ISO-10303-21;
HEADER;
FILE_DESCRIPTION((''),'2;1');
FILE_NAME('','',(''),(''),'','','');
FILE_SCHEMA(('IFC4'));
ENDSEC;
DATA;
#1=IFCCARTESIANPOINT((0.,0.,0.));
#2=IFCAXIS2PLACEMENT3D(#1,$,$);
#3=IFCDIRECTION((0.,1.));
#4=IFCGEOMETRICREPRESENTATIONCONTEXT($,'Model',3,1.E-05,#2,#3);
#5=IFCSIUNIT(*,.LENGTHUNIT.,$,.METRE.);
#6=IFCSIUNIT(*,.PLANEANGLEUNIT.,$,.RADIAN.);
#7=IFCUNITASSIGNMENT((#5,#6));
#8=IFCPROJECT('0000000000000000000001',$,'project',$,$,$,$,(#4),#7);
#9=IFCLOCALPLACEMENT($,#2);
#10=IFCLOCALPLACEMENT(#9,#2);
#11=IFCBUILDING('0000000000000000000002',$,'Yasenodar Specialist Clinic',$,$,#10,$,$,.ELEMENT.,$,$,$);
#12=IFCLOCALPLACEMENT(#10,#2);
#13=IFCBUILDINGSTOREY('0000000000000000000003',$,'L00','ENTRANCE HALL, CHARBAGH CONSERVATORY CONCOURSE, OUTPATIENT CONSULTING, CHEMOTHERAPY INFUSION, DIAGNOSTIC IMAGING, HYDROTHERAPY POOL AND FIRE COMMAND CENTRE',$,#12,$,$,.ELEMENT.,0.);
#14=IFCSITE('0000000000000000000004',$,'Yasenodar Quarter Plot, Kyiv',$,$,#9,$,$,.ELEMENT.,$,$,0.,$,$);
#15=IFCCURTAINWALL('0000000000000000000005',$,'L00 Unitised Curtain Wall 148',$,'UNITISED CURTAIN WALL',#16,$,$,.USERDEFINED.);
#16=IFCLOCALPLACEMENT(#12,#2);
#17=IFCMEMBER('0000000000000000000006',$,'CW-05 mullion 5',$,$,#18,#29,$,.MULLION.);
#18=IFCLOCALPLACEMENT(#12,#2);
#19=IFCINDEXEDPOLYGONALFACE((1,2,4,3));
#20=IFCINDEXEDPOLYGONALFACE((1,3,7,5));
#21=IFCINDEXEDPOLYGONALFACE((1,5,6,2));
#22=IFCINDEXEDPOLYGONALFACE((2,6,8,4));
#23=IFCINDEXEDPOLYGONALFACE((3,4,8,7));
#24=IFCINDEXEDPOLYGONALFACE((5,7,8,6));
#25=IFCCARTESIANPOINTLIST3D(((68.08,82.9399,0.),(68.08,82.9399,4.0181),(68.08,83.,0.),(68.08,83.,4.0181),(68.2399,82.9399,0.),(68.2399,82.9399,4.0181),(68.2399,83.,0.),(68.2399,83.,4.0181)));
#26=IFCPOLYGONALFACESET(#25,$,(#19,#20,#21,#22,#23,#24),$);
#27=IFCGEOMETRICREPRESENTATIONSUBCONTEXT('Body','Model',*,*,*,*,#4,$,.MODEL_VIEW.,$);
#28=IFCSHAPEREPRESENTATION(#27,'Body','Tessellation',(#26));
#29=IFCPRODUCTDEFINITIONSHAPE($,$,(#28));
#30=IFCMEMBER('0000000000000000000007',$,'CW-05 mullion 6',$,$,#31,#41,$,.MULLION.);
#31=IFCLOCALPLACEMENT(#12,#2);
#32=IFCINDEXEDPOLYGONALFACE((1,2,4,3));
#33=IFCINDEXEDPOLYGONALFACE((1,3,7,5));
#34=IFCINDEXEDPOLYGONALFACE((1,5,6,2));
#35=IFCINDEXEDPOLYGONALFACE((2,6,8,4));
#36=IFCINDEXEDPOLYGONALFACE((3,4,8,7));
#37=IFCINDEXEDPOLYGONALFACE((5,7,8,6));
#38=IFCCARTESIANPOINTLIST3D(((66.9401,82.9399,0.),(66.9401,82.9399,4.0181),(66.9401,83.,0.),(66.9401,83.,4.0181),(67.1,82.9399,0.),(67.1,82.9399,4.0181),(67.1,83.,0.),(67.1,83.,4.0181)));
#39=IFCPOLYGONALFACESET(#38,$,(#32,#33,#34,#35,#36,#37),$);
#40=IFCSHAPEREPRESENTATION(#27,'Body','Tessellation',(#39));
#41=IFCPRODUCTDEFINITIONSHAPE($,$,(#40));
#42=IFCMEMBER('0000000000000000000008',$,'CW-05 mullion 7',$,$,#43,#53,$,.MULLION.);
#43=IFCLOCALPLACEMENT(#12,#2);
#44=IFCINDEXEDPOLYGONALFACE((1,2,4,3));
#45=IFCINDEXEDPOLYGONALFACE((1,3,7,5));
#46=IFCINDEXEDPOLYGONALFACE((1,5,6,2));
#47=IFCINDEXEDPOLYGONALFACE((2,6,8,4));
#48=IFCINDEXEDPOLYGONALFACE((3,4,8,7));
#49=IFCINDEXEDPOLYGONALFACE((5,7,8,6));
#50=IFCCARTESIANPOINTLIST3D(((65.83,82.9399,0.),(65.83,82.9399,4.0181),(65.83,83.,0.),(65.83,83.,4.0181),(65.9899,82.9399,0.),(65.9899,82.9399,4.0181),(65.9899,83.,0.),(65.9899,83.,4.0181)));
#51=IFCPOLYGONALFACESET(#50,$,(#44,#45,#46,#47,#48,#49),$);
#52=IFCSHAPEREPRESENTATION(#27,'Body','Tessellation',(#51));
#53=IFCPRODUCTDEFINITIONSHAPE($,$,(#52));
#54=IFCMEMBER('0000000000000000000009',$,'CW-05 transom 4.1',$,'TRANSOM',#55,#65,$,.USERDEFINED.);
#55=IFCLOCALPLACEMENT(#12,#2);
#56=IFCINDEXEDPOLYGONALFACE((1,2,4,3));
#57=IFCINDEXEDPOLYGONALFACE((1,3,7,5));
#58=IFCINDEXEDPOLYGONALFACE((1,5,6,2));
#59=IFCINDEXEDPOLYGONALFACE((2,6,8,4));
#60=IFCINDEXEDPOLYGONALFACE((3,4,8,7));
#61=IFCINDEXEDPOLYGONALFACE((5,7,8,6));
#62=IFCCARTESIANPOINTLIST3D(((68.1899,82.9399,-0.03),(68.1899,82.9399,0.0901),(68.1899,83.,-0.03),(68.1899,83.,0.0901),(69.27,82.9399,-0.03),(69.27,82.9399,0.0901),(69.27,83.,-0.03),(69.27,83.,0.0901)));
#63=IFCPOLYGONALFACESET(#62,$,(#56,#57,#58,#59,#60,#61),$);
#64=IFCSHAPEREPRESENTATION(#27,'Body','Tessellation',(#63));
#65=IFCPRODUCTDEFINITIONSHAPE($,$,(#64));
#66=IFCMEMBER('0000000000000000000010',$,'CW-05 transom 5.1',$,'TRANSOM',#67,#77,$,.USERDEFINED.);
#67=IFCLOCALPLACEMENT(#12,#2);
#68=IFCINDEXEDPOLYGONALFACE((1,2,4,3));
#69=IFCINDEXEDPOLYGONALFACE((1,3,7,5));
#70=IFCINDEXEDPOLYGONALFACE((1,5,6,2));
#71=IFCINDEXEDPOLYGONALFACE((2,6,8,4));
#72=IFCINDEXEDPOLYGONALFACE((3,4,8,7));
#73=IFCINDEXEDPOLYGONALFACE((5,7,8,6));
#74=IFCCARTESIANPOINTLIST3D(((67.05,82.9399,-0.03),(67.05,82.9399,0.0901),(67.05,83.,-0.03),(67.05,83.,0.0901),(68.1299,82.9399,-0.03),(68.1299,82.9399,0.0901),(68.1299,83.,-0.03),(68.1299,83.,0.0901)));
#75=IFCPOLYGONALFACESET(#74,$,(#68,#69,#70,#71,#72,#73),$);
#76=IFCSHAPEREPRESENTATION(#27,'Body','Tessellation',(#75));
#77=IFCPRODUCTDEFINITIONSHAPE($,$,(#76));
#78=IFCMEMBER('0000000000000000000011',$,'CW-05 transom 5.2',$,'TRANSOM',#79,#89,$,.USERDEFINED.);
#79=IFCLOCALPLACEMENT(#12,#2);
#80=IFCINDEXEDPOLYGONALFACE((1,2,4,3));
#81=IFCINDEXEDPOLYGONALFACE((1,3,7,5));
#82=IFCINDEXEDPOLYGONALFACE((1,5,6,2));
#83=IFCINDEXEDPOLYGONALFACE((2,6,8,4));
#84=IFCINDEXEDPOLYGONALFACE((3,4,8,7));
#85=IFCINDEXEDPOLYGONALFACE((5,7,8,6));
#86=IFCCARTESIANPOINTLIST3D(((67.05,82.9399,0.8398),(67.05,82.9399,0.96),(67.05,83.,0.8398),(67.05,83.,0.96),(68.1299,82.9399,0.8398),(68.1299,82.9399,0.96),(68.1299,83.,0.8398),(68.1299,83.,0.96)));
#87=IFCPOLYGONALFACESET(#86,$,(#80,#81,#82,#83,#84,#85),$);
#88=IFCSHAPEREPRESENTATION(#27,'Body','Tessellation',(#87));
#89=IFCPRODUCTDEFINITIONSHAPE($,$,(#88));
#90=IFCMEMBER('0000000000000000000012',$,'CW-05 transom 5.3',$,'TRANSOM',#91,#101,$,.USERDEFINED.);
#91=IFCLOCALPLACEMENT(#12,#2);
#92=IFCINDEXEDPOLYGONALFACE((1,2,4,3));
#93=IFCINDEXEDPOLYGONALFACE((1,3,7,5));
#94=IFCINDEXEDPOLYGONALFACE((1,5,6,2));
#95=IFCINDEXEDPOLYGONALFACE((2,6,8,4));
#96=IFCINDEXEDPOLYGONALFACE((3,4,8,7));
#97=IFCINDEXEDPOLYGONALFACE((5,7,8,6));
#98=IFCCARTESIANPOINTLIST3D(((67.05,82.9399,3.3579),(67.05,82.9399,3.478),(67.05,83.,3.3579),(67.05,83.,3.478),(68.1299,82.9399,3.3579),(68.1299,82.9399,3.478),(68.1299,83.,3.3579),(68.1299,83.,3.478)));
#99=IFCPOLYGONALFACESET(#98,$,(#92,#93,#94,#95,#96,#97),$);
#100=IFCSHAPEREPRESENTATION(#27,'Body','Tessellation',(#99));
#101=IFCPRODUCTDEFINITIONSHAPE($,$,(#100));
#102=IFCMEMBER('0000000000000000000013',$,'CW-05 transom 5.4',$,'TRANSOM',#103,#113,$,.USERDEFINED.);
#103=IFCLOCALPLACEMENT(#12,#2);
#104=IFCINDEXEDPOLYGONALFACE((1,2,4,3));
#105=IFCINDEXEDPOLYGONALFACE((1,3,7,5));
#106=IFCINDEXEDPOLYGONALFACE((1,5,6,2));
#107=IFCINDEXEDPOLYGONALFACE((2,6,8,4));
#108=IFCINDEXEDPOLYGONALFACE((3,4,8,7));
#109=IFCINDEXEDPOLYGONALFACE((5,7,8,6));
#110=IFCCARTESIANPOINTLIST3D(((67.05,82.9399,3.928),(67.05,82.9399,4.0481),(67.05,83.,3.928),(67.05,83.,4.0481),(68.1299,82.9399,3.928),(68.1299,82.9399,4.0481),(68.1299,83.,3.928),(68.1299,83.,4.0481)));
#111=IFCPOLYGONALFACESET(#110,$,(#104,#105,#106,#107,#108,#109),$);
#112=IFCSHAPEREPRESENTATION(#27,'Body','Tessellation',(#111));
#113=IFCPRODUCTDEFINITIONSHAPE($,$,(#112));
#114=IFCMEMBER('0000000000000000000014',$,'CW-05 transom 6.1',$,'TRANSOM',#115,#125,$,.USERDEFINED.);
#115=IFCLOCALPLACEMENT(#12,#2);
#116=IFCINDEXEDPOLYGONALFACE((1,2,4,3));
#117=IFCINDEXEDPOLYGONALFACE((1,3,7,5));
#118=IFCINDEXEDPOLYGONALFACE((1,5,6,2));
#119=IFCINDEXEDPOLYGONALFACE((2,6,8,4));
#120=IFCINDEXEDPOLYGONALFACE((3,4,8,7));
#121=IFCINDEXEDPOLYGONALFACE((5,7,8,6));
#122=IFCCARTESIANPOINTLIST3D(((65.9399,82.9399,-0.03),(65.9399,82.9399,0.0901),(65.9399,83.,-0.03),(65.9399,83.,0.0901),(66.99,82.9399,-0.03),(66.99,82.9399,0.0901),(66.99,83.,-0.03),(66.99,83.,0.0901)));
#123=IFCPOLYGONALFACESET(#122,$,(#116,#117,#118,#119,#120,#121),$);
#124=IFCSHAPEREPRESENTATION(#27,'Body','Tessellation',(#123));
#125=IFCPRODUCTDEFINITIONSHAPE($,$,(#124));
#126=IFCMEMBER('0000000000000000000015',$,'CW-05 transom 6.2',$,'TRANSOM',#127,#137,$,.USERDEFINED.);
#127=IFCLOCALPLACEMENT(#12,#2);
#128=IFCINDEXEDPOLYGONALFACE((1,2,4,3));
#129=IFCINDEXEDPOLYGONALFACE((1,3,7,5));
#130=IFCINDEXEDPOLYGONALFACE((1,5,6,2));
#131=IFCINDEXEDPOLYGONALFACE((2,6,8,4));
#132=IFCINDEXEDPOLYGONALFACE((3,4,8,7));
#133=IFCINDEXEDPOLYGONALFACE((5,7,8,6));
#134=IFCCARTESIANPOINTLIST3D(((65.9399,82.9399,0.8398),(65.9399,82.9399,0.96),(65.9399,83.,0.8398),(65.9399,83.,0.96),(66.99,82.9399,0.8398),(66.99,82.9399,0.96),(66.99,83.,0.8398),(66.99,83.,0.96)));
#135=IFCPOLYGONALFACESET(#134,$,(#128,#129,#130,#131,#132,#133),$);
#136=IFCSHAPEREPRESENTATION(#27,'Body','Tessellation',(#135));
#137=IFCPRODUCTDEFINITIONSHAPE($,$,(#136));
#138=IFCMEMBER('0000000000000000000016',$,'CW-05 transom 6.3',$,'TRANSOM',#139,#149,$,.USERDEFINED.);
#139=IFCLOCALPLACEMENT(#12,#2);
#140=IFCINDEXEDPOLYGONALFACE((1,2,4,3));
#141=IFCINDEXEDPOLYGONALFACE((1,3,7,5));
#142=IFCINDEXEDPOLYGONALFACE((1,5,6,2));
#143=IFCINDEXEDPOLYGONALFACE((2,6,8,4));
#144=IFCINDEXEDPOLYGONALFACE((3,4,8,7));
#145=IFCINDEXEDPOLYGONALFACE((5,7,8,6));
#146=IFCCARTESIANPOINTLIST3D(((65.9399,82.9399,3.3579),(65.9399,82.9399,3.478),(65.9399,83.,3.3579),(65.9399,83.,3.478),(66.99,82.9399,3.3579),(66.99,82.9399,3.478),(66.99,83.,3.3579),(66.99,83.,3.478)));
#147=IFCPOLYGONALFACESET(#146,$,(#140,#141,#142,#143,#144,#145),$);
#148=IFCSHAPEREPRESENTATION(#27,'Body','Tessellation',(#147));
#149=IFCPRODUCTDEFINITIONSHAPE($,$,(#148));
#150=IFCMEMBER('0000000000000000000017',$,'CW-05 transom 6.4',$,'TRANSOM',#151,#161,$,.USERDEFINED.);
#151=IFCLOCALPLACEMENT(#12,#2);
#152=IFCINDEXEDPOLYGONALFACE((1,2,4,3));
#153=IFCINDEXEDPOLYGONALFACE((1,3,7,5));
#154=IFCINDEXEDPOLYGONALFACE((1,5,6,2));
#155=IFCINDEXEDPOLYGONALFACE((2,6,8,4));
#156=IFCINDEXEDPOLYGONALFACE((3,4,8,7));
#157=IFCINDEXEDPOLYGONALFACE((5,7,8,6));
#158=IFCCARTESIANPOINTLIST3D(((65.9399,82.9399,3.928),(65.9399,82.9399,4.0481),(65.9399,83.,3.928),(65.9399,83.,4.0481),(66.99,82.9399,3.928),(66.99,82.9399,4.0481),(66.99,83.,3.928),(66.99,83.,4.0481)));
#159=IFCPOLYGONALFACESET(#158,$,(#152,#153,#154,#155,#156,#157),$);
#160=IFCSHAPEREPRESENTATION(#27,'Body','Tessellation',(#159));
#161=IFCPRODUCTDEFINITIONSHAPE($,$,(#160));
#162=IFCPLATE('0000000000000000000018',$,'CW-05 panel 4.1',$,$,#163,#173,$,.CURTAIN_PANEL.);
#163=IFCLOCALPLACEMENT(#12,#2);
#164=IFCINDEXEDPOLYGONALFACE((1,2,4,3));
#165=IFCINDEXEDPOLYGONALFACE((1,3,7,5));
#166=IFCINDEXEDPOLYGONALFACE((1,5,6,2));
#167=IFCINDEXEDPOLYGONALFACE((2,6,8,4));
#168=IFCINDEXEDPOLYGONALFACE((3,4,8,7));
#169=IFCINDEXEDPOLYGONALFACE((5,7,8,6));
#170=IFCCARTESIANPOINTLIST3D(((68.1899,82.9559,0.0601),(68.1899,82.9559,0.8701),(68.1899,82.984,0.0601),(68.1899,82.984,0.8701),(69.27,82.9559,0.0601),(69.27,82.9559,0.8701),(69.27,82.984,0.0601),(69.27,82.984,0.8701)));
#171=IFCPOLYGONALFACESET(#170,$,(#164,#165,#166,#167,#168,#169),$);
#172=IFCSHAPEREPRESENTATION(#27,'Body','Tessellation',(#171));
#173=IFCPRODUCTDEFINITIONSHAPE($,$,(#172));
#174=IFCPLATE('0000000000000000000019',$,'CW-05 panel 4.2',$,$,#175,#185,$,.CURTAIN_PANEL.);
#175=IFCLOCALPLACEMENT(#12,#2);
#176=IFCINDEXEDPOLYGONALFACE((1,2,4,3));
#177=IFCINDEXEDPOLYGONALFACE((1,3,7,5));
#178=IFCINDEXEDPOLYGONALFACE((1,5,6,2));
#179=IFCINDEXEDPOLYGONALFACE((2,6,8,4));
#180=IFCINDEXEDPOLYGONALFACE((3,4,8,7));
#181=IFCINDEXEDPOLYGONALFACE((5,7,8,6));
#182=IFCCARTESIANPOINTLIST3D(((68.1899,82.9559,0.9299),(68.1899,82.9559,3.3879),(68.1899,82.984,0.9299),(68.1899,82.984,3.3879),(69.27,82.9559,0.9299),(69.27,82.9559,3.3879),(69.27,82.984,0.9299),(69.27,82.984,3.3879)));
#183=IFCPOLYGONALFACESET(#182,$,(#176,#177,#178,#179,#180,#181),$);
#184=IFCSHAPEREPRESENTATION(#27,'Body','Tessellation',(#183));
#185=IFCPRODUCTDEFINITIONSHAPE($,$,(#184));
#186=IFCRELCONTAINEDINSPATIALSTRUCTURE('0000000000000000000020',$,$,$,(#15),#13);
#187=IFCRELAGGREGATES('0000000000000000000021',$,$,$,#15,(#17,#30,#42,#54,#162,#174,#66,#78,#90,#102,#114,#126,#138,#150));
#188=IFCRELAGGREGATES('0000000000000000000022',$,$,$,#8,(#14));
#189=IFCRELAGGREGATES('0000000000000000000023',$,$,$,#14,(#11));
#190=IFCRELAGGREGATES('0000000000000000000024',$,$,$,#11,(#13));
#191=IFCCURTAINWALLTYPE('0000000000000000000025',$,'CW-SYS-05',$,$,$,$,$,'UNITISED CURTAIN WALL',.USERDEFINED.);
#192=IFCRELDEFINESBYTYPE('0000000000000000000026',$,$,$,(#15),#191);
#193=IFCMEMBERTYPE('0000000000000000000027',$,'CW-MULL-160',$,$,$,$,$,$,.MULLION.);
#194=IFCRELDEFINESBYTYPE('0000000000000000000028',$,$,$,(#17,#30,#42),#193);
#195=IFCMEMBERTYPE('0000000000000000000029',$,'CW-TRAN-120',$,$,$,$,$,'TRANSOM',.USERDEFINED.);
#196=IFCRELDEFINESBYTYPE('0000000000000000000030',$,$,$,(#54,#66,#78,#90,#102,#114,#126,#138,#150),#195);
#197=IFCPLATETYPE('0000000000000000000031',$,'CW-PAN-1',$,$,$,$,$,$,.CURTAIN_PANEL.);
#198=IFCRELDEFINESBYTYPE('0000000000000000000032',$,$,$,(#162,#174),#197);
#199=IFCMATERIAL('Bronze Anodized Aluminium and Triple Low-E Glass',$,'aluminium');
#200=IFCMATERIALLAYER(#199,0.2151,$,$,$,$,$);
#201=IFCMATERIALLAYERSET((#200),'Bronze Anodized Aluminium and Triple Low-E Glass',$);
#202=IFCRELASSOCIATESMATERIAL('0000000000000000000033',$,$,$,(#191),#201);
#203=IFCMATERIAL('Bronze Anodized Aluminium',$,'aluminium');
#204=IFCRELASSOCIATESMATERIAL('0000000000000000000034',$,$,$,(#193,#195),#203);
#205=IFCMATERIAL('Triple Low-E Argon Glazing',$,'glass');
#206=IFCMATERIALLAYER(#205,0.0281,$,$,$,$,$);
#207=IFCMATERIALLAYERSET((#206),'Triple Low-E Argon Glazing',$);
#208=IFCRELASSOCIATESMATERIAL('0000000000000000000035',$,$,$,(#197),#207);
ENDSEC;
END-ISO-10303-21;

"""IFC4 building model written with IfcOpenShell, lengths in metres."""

from ifc_helpers import new_model, si_unit, direction, frame, origin, origin_2d, place, context, subcontext, project, spatial, rectangle, extrude, material, layer, layer_set, material_profile, profile_set, type_object, element, aggregate, save


model = new_model("IFC4")

# Units and contexts
model_context = context("Model", 3, precision=1e-05, world=origin(), true_north=direction((0.0, 1.0)))
body_context = subcontext(model_context, "Body", "Model", "MODEL_VIEW")
ifc_project = project(units=[si_unit("LENGTHUNIT", "METRE"), si_unit("PLANEANGLEUNIT", "RADIAN")], contexts=[model_context])

# Site, building, storey
site_placement = place(None, origin())
site = spatial("IfcSite", under=ifc_project, at=site_placement, Name="Yasenodar Quarter Plot, Kyiv", CompositionType="ELEMENT", RefElevation=0.0)
building_placement = place(site_placement, origin())
building = spatial("IfcBuilding", under=site, at=building_placement, Name="Yasenodar Specialist Clinic", CompositionType="ELEMENT")
storey_placement = place(building_placement, origin())
storey = spatial("IfcBuildingStorey", under=building, at=storey_placement, Name="L00", Description="ENTRANCE HALL, CHARBAGH CONSERVATORY CONCOURSE, OUTPATIENT CONSULTING, CHEMOTHERAPY INFUSION, DIAGNOSTIC IMAGING, HYDROTHERAPY POOL AND FIRE COMMAND CENTRE", CompositionType="ELEMENT", Elevation=0.0)

# Curtain wall, members, plates
ifc_material_1 = material(Name="Bronze Anodized Aluminium and Triple Low-E Glass", Category="aluminium")
ifc_layer_1 = layer(ifc_material_1, 0.2151)
ifc_layer_set_1 = layer_set([ifc_layer_1], Name="Bronze Anodized Aluminium and Triple Low-E Glass")
curtain_wall_type = type_object("IfcCurtainWallType", Name="CW-SYS-05", ElementType="UNITISED CURTAIN WALL", PredefinedType="USERDEFINED", material=ifc_layer_set_1)
curtain_wall_placement = place(storey_placement, origin())
curtain_wall = element("IfcCurtainWall", 1, at=curtain_wall_placement, inside=storey, type_object=curtain_wall_type, Name="L00 Unitised Curtain Wall 148", ObjectType="UNITISED CURTAIN WALL", PredefinedType="USERDEFINED")
ifc_material_2 = material(Name="Bronze Anodized Aluminium", Category="aluminium")
ifc_material_profile_1 = material_profile(ifc_material_2, rectangle(XDim=0.0601, YDim=0.1599, at=origin_2d()), Name="CW-MULL 60x160")
ifc_profile_set_1 = profile_set([ifc_material_profile_1], Name="Bronze Anodized Aluminium")
member_type_1 = type_object("IfcMemberType", Name="CW-MULL-160", PredefinedType="MULLION", material=ifc_profile_set_1)
member_1_placement = place(storey_placement, frame((68.1599, 82.97, 0.0), z_axis=(0.0, 0.0, 1.0), x_axis=(0.0, -1.0, 0.0)))
member_1 = element("IfcMember", 2, at=member_1_placement, type_object=member_type_1, Name="CW-05 mullion 5", PredefinedType="MULLION", context=body_context, shape_type="SweptSolid", body=[
    extrude(rectangle(XDim=0.0601, YDim=0.1599, at=origin_2d()), origin(), (0.0, 0.0, 1.0), 4.0181),
])
member_2_placement = place(storey_placement, frame((67.02, 82.97, 0.0), z_axis=(0.0, 0.0, 1.0), x_axis=(0.0, -1.0, 0.0)))
member_2 = element("IfcMember", 3, at=member_2_placement, type_object=member_type_1, Name="CW-05 mullion 6", PredefinedType="MULLION", context=body_context, shape_type="SweptSolid", body=[
    extrude(rectangle(XDim=0.0601, YDim=0.1599, at=origin_2d()), origin(), (0.0, 0.0, 1.0), 4.0181),
])
member_3_placement = place(storey_placement, frame((65.9099, 82.97, 0.0), z_axis=(0.0, 0.0, 1.0), x_axis=(0.0, -1.0, 0.0)))
member_3 = element("IfcMember", 4, at=member_3_placement, type_object=member_type_1, Name="CW-05 mullion 7", PredefinedType="MULLION", context=body_context, shape_type="SweptSolid", body=[
    extrude(rectangle(XDim=0.0601, YDim=0.1599, at=origin_2d()), origin(), (0.0, 0.0, 1.0), 4.0181),
])
ifc_material_profile_2 = material_profile(ifc_material_2, rectangle(XDim=0.0601, YDim=0.1201, at=origin_2d()), Name="CW-TRAN 60x120")
ifc_profile_set_2 = profile_set([ifc_material_profile_2], Name="Bronze Anodized Aluminium")
member_type_2 = type_object("IfcMemberType", Name="CW-TRAN-120", ElementType="TRANSOM", PredefinedType="USERDEFINED", material=ifc_profile_set_2)
member_4_placement = place(storey_placement, frame((69.27, 82.97, 0.03), z_axis=(-1.0, 0.0, 0.0), x_axis=(0.0, -1.0, 0.0)))
member_4 = element("IfcMember", 5, at=member_4_placement, type_object=member_type_2, Name="CW-05 transom 4.1", ObjectType="TRANSOM", PredefinedType="USERDEFINED", context=body_context, shape_type="SweptSolid", body=[
    extrude(rectangle(XDim=0.0601, YDim=0.1201, at=origin_2d()), origin(), (0.0, 0.0, 1.0), 1.0801),
])
member_5_placement = place(storey_placement, frame((68.1299, 82.97, 0.03), z_axis=(-1.0, 0.0, 0.0), x_axis=(0.0, -1.0, 0.0)))
member_5 = element("IfcMember", 6, at=member_5_placement, type_object=member_type_2, Name="CW-05 transom 5.1", ObjectType="TRANSOM", PredefinedType="USERDEFINED", context=body_context, shape_type="SweptSolid", body=[
    extrude(rectangle(XDim=0.0601, YDim=0.1201, at=origin_2d()), origin(), (0.0, 0.0, 1.0), 1.0798),
])
member_6_placement = place(storey_placement, frame((68.1299, 82.97, 0.8999), z_axis=(-1.0, 0.0, 0.0), x_axis=(0.0, -1.0, 0.0)))
member_6 = element("IfcMember", 7, at=member_6_placement, type_object=member_type_2, Name="CW-05 transom 5.2", ObjectType="TRANSOM", PredefinedType="USERDEFINED", context=body_context, shape_type="SweptSolid", body=[
    extrude(rectangle(XDim=0.0601, YDim=0.1201, at=origin_2d()), origin(), (0.0, 0.0, 1.0), 1.0798),
])
member_7_placement = place(storey_placement, frame((68.1299, 82.97, 3.418), z_axis=(-1.0, 0.0, 0.0), x_axis=(0.0, -1.0, 0.0)))
member_7 = element("IfcMember", 8, at=member_7_placement, type_object=member_type_2, Name="CW-05 transom 5.3", ObjectType="TRANSOM", PredefinedType="USERDEFINED", context=body_context, shape_type="SweptSolid", body=[
    extrude(rectangle(XDim=0.0601, YDim=0.1201, at=origin_2d()), origin(), (0.0, 0.0, 1.0), 1.0798),
])
member_8_placement = place(storey_placement, frame((68.1299, 82.97, 3.988), z_axis=(-1.0, 0.0, 0.0), x_axis=(0.0, -1.0, 0.0)))
member_8 = element("IfcMember", 9, at=member_8_placement, type_object=member_type_2, Name="CW-05 transom 5.4", ObjectType="TRANSOM", PredefinedType="USERDEFINED", context=body_context, shape_type="SweptSolid", body=[
    extrude(rectangle(XDim=0.0601, YDim=0.1201, at=origin_2d()), origin(), (0.0, 0.0, 1.0), 1.0798),
])
member_9_placement = place(storey_placement, frame((66.99, 82.97, 0.03), z_axis=(-1.0, 0.0, 0.0), x_axis=(0.0, -1.0, 0.0)))
member_9 = element("IfcMember", 10, at=member_9_placement, type_object=member_type_2, Name="CW-05 transom 6.1", ObjectType="TRANSOM", PredefinedType="USERDEFINED", context=body_context, shape_type="SweptSolid", body=[
    extrude(rectangle(XDim=0.0601, YDim=0.1201, at=origin_2d()), origin(), (0.0, 0.0, 1.0), 1.05),
])
member_10_placement = place(storey_placement, frame((66.99, 82.97, 0.8999), z_axis=(-1.0, 0.0, 0.0), x_axis=(0.0, -1.0, 0.0)))
member_10 = element("IfcMember", 11, at=member_10_placement, type_object=member_type_2, Name="CW-05 transom 6.2", ObjectType="TRANSOM", PredefinedType="USERDEFINED", context=body_context, shape_type="SweptSolid", body=[
    extrude(rectangle(XDim=0.0601, YDim=0.1201, at=origin_2d()), origin(), (0.0, 0.0, 1.0), 1.05),
])
member_11_placement = place(storey_placement, frame((66.99, 82.97, 3.418), z_axis=(-1.0, 0.0, 0.0), x_axis=(0.0, -1.0, 0.0)))
member_11 = element("IfcMember", 12, at=member_11_placement, type_object=member_type_2, Name="CW-05 transom 6.3", ObjectType="TRANSOM", PredefinedType="USERDEFINED", context=body_context, shape_type="SweptSolid", body=[
    extrude(rectangle(XDim=0.0601, YDim=0.1201, at=origin_2d()), origin(), (0.0, 0.0, 1.0), 1.05),
])
member_12_placement = place(storey_placement, frame((66.99, 82.97, 3.988), z_axis=(-1.0, 0.0, 0.0), x_axis=(0.0, -1.0, 0.0)))
member_12 = element("IfcMember", 13, at=member_12_placement, type_object=member_type_2, Name="CW-05 transom 6.4", ObjectType="TRANSOM", PredefinedType="USERDEFINED", context=body_context, shape_type="SweptSolid", body=[
    extrude(rectangle(XDim=0.0601, YDim=0.1201, at=origin_2d()), origin(), (0.0, 0.0, 1.0), 1.05),
])
ifc_material_3 = material(Name="Triple Low-E Argon Glazing", Category="glass")
ifc_layer_2 = layer(ifc_material_3, 0.0281)
ifc_layer_set_2 = layer_set([ifc_layer_2], Name="Triple Low-E Argon Glazing")
plate_type = type_object("IfcPlateType", Name="CW-PAN-1", PredefinedType="CURTAIN_PANEL", material=ifc_layer_set_2)
plate_1_placement = place(storey_placement, frame((68.73, 82.97, 0.0601), z_axis=(0.0, 0.0, 1.0), x_axis=(-1.0, 0.0, 0.0)))
plate_1 = element("IfcPlate", 14, at=plate_1_placement, type_object=plate_type, Name="CW-05 panel 4.1", PredefinedType="CURTAIN_PANEL", context=body_context, shape_type="SweptSolid", body=[
    extrude(rectangle(XDim=1.0801, YDim=0.0281, at=origin_2d()), origin(), (0.0, 0.0, 1.0), 0.8101),
])
plate_2_placement = place(storey_placement, frame((68.73, 82.97, 0.9299), z_axis=(0.0, 0.0, 1.0), x_axis=(-1.0, 0.0, 0.0)))
plate_2 = element("IfcPlate", 15, at=plate_2_placement, type_object=plate_type, Name="CW-05 panel 4.2", PredefinedType="CURTAIN_PANEL", context=body_context, shape_type="SweptSolid", body=[
    extrude(rectangle(XDim=1.0801, YDim=0.0281, at=origin_2d()), origin(), (0.0, 0.0, 1.0), 2.458),
])
aggregate(curtain_wall, [member_1, member_2, member_3, member_4, plate_1, plate_2, member_5, member_6, member_7, member_8, member_9, member_10, member_11, member_12])

save(model, "model.ifc")
